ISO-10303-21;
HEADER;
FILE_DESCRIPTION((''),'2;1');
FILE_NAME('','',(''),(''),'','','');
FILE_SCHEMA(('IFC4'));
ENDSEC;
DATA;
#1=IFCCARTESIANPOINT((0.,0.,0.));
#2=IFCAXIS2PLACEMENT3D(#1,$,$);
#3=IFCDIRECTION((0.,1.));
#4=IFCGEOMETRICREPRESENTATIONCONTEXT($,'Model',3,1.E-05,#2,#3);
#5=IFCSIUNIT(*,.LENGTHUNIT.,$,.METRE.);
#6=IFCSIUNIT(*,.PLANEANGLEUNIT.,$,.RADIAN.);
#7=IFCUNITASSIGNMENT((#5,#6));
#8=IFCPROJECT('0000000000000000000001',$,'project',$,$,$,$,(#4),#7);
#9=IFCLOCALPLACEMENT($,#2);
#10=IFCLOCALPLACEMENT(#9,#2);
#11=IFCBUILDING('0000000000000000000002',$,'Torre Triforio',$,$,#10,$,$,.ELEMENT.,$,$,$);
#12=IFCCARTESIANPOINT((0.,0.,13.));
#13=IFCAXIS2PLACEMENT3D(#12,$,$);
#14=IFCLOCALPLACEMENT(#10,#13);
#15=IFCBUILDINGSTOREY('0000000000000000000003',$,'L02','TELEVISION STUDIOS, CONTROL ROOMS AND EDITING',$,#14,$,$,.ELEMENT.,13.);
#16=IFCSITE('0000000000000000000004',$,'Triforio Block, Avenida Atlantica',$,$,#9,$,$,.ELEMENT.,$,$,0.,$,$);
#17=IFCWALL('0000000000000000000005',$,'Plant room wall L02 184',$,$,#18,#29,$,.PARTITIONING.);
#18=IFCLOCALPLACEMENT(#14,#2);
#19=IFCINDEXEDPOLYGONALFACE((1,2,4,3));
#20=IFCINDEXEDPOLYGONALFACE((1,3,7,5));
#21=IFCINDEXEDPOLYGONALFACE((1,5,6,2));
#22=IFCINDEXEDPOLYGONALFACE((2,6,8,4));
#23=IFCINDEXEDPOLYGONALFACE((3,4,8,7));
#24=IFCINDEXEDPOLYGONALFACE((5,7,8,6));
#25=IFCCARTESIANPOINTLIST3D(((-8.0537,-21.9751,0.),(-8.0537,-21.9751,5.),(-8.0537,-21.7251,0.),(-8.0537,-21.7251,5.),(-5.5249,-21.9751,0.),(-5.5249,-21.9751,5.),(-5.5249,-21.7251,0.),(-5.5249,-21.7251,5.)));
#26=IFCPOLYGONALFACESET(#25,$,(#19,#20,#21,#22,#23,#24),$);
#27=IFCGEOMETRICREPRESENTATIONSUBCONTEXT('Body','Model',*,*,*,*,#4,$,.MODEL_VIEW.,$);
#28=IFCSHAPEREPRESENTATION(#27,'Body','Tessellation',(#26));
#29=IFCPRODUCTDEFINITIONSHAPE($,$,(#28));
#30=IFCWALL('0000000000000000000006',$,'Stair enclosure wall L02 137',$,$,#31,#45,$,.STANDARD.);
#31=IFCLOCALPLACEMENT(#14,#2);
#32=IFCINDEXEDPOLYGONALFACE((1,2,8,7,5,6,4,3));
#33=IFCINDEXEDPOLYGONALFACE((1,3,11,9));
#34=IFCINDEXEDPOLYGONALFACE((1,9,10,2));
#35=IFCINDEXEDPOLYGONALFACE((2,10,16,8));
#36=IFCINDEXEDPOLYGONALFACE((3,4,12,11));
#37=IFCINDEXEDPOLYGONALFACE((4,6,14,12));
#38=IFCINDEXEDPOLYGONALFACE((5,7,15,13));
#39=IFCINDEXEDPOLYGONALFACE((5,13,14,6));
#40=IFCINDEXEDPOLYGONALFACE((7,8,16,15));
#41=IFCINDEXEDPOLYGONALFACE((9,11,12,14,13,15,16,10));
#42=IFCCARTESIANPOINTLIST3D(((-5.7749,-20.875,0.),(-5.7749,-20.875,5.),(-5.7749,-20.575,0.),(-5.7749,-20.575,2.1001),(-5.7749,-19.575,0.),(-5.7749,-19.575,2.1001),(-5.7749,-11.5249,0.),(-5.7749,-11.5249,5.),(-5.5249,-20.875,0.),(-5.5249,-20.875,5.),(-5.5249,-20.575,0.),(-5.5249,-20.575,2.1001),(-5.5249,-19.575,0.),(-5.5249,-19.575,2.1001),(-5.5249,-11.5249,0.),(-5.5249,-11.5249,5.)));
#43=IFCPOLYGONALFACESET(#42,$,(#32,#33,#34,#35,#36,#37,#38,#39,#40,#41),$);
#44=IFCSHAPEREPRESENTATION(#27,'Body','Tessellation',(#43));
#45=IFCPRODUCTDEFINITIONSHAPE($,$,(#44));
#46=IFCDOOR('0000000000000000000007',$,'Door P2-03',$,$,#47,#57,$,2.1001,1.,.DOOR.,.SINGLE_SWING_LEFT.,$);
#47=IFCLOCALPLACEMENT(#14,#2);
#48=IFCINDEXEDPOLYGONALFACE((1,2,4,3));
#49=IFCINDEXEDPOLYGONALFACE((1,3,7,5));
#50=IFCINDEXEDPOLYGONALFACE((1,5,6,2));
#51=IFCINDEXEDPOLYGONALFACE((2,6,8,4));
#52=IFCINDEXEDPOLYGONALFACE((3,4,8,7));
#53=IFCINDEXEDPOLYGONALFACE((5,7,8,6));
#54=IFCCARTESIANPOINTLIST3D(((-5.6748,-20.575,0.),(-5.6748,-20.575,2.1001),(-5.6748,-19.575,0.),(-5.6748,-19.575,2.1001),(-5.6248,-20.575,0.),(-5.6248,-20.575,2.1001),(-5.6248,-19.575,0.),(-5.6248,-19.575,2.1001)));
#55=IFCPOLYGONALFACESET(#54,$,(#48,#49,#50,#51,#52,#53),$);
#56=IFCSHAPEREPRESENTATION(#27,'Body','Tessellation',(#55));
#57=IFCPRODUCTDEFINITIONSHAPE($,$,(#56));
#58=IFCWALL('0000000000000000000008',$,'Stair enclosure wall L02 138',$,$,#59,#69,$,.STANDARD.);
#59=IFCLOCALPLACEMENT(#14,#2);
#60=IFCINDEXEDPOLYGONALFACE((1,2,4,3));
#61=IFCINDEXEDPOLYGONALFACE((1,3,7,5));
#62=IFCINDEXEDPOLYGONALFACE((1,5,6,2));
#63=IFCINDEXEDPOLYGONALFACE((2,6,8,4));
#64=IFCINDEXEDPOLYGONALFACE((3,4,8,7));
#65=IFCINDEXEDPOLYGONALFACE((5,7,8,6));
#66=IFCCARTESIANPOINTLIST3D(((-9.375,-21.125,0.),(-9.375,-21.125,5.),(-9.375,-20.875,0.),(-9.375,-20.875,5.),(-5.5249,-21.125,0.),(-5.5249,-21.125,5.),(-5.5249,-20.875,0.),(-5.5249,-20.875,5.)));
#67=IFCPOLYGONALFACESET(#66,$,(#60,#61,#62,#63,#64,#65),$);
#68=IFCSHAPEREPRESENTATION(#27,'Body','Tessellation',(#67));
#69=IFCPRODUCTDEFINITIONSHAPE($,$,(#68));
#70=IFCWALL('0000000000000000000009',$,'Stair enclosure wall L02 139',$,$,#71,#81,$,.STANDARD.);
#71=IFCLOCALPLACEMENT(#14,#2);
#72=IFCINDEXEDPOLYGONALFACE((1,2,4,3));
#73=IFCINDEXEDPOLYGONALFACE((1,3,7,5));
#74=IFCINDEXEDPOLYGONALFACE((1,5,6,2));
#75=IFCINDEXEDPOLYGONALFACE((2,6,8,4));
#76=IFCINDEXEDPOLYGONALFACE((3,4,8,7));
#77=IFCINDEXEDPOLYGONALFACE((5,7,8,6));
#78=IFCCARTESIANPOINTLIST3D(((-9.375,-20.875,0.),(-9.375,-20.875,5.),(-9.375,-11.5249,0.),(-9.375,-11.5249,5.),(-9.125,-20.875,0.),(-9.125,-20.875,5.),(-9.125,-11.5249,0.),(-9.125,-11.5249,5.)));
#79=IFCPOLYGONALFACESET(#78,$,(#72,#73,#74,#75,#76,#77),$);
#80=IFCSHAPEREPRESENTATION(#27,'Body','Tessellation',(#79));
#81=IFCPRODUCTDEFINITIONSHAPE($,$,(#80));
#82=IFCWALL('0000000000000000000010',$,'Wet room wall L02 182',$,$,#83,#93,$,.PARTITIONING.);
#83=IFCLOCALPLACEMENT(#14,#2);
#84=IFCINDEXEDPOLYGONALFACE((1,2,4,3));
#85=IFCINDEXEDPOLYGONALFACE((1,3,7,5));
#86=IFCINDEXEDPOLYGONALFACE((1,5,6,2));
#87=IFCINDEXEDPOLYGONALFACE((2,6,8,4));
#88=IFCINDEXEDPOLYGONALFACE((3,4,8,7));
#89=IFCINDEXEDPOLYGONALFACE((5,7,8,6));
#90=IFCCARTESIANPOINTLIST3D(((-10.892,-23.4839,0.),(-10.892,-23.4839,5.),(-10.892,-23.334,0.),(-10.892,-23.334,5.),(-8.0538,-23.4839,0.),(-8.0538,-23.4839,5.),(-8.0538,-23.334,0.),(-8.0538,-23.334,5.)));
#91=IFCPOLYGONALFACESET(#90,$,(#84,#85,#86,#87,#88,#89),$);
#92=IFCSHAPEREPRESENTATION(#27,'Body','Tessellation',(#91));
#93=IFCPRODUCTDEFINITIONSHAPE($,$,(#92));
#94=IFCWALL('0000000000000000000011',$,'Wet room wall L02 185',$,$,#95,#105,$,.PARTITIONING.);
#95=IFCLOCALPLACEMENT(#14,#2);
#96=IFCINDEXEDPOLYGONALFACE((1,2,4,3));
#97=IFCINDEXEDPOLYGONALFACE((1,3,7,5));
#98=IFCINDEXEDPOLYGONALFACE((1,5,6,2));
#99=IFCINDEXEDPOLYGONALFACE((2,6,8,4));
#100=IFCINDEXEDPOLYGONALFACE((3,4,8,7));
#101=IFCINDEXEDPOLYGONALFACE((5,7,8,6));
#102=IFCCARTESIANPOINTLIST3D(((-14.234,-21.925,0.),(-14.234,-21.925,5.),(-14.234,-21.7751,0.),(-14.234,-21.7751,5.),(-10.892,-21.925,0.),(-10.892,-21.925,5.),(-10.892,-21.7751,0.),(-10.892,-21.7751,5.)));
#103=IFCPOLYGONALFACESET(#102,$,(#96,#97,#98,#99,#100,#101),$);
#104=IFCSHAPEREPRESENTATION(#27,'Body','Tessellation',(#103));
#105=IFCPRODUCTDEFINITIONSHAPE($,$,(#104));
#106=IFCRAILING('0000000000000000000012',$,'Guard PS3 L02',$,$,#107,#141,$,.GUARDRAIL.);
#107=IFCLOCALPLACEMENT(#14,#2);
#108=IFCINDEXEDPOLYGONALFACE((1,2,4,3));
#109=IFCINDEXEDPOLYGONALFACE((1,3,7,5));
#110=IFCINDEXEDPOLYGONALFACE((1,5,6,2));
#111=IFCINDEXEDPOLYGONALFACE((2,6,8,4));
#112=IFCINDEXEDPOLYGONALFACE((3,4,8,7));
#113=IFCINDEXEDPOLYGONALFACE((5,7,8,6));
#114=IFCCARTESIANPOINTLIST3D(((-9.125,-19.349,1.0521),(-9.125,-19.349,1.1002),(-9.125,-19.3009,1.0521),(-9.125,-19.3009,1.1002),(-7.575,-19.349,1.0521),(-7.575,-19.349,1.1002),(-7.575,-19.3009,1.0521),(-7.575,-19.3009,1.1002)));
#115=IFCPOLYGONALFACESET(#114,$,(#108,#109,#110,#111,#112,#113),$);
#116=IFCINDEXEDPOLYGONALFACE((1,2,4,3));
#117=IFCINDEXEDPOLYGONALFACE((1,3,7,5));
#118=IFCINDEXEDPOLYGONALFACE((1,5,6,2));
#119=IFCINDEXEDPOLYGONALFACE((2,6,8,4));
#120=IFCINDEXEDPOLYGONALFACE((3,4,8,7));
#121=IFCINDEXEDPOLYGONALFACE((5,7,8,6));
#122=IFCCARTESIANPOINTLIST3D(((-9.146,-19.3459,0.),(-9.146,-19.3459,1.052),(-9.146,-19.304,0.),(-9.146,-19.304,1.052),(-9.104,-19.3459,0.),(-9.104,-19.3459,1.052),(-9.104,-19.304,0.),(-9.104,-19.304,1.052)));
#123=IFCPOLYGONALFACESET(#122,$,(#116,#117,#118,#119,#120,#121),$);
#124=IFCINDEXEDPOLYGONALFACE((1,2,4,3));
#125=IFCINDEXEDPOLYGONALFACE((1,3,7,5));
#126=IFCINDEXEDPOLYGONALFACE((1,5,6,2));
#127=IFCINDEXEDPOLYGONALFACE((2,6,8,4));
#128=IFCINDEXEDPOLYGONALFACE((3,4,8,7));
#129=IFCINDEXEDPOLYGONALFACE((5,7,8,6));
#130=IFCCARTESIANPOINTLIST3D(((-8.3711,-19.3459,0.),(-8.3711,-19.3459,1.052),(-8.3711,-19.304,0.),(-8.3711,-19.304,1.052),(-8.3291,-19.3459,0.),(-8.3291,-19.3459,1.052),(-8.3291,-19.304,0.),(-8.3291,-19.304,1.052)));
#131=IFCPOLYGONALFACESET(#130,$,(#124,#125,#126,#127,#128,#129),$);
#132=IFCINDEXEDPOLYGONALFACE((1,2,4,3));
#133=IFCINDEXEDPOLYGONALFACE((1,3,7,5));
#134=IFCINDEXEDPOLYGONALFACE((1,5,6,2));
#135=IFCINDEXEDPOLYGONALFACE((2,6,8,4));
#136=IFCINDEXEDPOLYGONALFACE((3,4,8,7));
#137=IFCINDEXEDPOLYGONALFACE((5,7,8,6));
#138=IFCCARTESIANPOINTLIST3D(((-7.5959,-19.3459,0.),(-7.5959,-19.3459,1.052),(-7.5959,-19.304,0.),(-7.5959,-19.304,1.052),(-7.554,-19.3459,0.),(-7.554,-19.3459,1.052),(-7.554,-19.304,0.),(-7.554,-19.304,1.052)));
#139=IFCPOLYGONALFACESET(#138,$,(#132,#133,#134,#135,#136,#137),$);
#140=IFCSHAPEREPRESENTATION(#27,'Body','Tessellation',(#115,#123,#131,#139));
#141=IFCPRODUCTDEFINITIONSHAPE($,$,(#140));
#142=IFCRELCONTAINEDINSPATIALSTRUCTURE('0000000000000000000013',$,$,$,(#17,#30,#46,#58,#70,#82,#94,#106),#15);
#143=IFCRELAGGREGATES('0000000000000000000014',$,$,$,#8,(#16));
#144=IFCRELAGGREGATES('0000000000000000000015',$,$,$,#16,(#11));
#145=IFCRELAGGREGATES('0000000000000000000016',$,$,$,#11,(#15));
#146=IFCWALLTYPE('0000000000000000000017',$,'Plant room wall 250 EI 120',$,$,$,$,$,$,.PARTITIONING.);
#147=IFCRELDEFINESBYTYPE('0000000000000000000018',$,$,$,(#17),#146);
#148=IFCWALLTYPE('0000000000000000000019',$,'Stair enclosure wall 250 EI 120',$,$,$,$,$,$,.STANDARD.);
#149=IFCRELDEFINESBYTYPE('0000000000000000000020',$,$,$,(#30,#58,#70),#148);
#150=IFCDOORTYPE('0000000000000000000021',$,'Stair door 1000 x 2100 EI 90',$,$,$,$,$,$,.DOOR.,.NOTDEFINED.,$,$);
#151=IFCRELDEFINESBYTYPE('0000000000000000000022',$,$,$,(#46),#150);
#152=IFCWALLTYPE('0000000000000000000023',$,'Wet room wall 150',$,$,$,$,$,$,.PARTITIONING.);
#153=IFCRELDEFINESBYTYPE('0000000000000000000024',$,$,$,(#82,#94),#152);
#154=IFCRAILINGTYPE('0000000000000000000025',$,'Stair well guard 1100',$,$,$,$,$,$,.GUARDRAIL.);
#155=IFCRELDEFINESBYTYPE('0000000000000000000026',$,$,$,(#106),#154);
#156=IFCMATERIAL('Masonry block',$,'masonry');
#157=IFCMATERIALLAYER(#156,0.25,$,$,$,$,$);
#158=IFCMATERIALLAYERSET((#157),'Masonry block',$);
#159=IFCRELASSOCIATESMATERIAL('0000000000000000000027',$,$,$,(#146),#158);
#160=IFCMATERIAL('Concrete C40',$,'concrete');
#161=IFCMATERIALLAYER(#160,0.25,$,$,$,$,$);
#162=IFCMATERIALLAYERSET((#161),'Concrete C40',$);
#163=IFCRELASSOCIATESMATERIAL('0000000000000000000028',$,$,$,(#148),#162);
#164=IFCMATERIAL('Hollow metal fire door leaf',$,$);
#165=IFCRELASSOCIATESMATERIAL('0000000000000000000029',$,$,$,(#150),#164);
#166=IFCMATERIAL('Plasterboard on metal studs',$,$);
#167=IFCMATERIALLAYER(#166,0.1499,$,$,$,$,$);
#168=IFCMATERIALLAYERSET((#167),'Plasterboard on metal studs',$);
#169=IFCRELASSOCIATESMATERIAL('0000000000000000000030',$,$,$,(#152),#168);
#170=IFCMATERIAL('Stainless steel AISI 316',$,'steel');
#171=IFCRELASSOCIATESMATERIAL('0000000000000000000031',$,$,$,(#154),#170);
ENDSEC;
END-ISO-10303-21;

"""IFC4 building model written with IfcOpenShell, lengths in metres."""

from ifc_helpers import new_model, si_unit, direction, frame, frame_2d, origin, origin_2d, place, context, subcontext, project, spatial, rectangle, extrude, material, layer, layer_set, type_object, element, fill, save


model = new_model("IFC4")

# Units and contexts
model_context = context("Model", 3, precision=1e-05, world=origin(), true_north=direction((0.0, 1.0)))
body_context = subcontext(model_context, "Body", "Model", "MODEL_VIEW")
ifc_project = project(units=[si_unit("LENGTHUNIT", "METRE"), si_unit("PLANEANGLEUNIT", "RADIAN")], contexts=[model_context])

# Site, building, storey
site_placement = place(None, origin())
site = spatial("IfcSite", under=ifc_project, at=site_placement, Name="Triforio Block, Avenida Atlantica", CompositionType="ELEMENT", RefElevation=0.0)
building_placement = place(site_placement, origin())
building = spatial("IfcBuilding", under=site, at=building_placement, Name="Torre Triforio", CompositionType="ELEMENT")
storey_placement = place(building_placement, frame((0.0, 0.0, 13.0)))
storey = spatial("IfcBuildingStorey", under=building, at=storey_placement, Name="L02", Description="TELEVISION STUDIOS, CONTROL ROOMS AND EDITING", CompositionType="ELEMENT", Elevation=13.0)

# Shared definitions
ifc_material_1 = material(Name="Plasterboard on metal studs")

# Wall
ifc_material_2 = material(Name="Masonry block", Category="masonry")
ifc_layer_1 = layer(ifc_material_2, 0.25)
ifc_layer_set_1 = layer_set([ifc_layer_1], Name="Masonry block")
wall_type_1 = type_object("IfcWallType", Name="Plant room wall 250 EI 120", PredefinedType="PARTITIONING", material=ifc_layer_set_1)
wall_1_placement = place(storey_placement, frame((-8.0537, -21.8501, 0.0), z_axis=(0.0, 0.0, 1.0), x_axis=(1.0, 0.0, 0.0)))
element("IfcWall", 1, at=wall_1_placement, inside=storey, type_object=wall_type_1, Name="Plant room wall L02 184", PredefinedType="PARTITIONING", context=body_context, shape_type="SweptSolid", body=[
    extrude(rectangle(XDim=2.5288, YDim=0.25, at=frame_2d((1.2644, 0.0))), origin(), (0.0, 0.0, 1.0), 5.0),
])

# Wall, opening, door
ifc_material_3 = material(Name="Concrete C40", Category="concrete")
ifc_layer_2 = layer(ifc_material_3, 0.25)
ifc_layer_set_2 = layer_set([ifc_layer_2], Name="Concrete C40")
wall_type_2 = type_object("IfcWallType", Name="Stair enclosure wall 250 EI 120", PredefinedType="STANDARD", material=ifc_layer_set_2)
wall_2_placement = place(storey_placement, frame((-5.6499, -20.875, 0.0), z_axis=(0.0, 0.0, 1.0), x_axis=(0.0, 1.0, 0.0)))
wall_2 = element("IfcWall", 2, at=wall_2_placement, inside=storey, type_object=wall_type_2, Name="Stair enclosure wall L02 137", PredefinedType="STANDARD", context=body_context, shape_type="SweptSolid", body=[
    extrude(rectangle(XDim=9.3501, YDim=0.25, at=frame_2d((4.675, 0.0))), origin(), (0.0, 0.0, 1.0), 5.0),
])
opening_1_placement = place(wall_2_placement, frame((0.3, 0.0, 0.0)))
opening_1 = element("IfcOpeningElement", 3, at=opening_1_placement, cuts=wall_2, PredefinedType="OPENING", context=body_context, shape_type="SweptSolid", body=[
    extrude(rectangle(XDim=1.0, YDim=2.1001, at=frame_2d((0.5, 1.05))), frame((0.0, 0.135, 0.0), z_axis=(0.0, -1.0, 0.0), x_axis=(1.0, 0.0, 0.0)), (0.0, 0.0, 1.0), 0.27),
])
ifc_material_4 = material(Name="Hollow metal fire door leaf")
door_type_1 = type_object("IfcDoorType", Name="Stair door 1000 x 2100 EI 90", OperationType="NOTDEFINED", PredefinedType="DOOR", material=ifc_material_4)
door_1_placement = place(opening_1_placement, origin())
door_1 = element("IfcDoor", 4, at=door_1_placement, inside=storey, type_object=door_type_1, Name="Door P2-03", OperationType="SINGLE_SWING_LEFT", OverallHeight=2.1001, OverallWidth=1.0, PredefinedType="DOOR", context=body_context, shape_type="SweptSolid", body=[
    extrude(rectangle(XDim=1.0, YDim=2.1001, at=frame_2d((0.5, 1.05))), frame((0.0, 0.0249, 0.0), z_axis=(0.0, -1.0, 0.0), x_axis=(1.0, 0.0, 0.0)), (0.0, 0.0, 1.0), 0.05),
])
fill(opening_1, door_1)

# Walls
wall_3_placement = place(storey_placement, frame((-9.375, -21.0, 0.0), z_axis=(0.0, 0.0, 1.0), x_axis=(1.0, 0.0, 0.0)))
element("IfcWall", 5, at=wall_3_placement, inside=storey, type_object=wall_type_2, Name="Stair enclosure wall L02 138", PredefinedType="STANDARD", context=body_context, shape_type="SweptSolid", body=[
    extrude(rectangle(XDim=3.8501, YDim=0.25, at=frame_2d((1.925, 0.0))), origin(), (0.0, 0.0, 1.0), 5.0),
])
wall_4_placement = place(storey_placement, frame((-9.25, -20.875, 0.0), z_axis=(0.0, 0.0, 1.0), x_axis=(0.0, 1.0, 0.0)))
element("IfcWall", 6, at=wall_4_placement, inside=storey, type_object=wall_type_2, Name="Stair enclosure wall L02 139", PredefinedType="STANDARD", context=body_context, shape_type="SweptSolid", body=[
    extrude(rectangle(XDim=9.3501, YDim=0.25, at=frame_2d((4.675, 0.0))), origin(), (0.0, 0.0, 1.0), 5.0),
])
ifc_layer_3 = layer(ifc_material_1, 0.1499)
ifc_layer_set_3 = layer_set([ifc_layer_3], Name="Plasterboard on metal studs")
wall_type_3 = type_object("IfcWallType", Name="Wet room wall 150", PredefinedType="PARTITIONING", material=ifc_layer_set_3)
wall_5_placement = place(storey_placement, frame((-10.8918, -23.4089, 0.0), z_axis=(0.0, 0.0, 1.0), x_axis=(1.0, 0.0, 0.0)))
element("IfcWall", 7, at=wall_5_placement, inside=storey, type_object=wall_type_3, Name="Wet room wall L02 182", PredefinedType="PARTITIONING", context=body_context, shape_type="SweptSolid", body=[
    extrude(rectangle(XDim=2.8381, YDim=0.1499, at=frame_2d((1.4189, 0.0))), origin(), (0.0, 0.0, 1.0), 5.0),
])
wall_6_placement = place(storey_placement, frame((-14.2339, -21.8501, 0.0), z_axis=(0.0, 0.0, 1.0), x_axis=(1.0, 0.0, 0.0)))
element("IfcWall", 8, at=wall_6_placement, inside=storey, type_object=wall_type_3, Name="Wet room wall L02 185", PredefinedType="PARTITIONING", context=body_context, shape_type="SweptSolid", body=[
    extrude(rectangle(XDim=3.342, YDim=0.1499, at=frame_2d((1.6709, 0.0))), origin(), (0.0, 0.0, 1.0), 5.0),
])

# Railing
ifc_material_5 = material(Name="Stainless steel AISI 316", Category="steel")
railing_type = type_object("IfcRailingType", Name="Stair well guard 1100", PredefinedType="GUARDRAIL", material=ifc_material_5)
railing_placement = place(storey_placement, frame((-9.125, -19.325, 0.0)))
element("IfcRailing", 9, at=railing_placement, inside=storey, type_object=railing_type, Name="Guard PS3 L02", PredefinedType="GUARDRAIL", context=body_context, shape_type="SweptSolid", body=[
    extrude(rectangle(XDim=0.0481, YDim=0.0481, at=origin_2d()), frame((0.0, 0.0, 1.0762), z_axis=(1.0, 0.0, 0.0), x_axis=(0.0, 1.0, 0.0)), (0.0, 0.0, 1.0), 1.55),
    extrude(rectangle(XDim=0.042, YDim=0.042, at=origin_2d()), origin(), (0.0, 0.0, 1.0), 1.052),
    extrude(rectangle(XDim=0.042, YDim=0.042, at=origin_2d()), frame((0.7749, 0.0, 0.0)), (0.0, 0.0, 1.0), 1.052),
    extrude(rectangle(XDim=0.042, YDim=0.042, at=origin_2d()), frame((1.55, 0.0, 0.0)), (0.0, 0.0, 1.0), 1.052),
])

save(model, "model.ifc")
